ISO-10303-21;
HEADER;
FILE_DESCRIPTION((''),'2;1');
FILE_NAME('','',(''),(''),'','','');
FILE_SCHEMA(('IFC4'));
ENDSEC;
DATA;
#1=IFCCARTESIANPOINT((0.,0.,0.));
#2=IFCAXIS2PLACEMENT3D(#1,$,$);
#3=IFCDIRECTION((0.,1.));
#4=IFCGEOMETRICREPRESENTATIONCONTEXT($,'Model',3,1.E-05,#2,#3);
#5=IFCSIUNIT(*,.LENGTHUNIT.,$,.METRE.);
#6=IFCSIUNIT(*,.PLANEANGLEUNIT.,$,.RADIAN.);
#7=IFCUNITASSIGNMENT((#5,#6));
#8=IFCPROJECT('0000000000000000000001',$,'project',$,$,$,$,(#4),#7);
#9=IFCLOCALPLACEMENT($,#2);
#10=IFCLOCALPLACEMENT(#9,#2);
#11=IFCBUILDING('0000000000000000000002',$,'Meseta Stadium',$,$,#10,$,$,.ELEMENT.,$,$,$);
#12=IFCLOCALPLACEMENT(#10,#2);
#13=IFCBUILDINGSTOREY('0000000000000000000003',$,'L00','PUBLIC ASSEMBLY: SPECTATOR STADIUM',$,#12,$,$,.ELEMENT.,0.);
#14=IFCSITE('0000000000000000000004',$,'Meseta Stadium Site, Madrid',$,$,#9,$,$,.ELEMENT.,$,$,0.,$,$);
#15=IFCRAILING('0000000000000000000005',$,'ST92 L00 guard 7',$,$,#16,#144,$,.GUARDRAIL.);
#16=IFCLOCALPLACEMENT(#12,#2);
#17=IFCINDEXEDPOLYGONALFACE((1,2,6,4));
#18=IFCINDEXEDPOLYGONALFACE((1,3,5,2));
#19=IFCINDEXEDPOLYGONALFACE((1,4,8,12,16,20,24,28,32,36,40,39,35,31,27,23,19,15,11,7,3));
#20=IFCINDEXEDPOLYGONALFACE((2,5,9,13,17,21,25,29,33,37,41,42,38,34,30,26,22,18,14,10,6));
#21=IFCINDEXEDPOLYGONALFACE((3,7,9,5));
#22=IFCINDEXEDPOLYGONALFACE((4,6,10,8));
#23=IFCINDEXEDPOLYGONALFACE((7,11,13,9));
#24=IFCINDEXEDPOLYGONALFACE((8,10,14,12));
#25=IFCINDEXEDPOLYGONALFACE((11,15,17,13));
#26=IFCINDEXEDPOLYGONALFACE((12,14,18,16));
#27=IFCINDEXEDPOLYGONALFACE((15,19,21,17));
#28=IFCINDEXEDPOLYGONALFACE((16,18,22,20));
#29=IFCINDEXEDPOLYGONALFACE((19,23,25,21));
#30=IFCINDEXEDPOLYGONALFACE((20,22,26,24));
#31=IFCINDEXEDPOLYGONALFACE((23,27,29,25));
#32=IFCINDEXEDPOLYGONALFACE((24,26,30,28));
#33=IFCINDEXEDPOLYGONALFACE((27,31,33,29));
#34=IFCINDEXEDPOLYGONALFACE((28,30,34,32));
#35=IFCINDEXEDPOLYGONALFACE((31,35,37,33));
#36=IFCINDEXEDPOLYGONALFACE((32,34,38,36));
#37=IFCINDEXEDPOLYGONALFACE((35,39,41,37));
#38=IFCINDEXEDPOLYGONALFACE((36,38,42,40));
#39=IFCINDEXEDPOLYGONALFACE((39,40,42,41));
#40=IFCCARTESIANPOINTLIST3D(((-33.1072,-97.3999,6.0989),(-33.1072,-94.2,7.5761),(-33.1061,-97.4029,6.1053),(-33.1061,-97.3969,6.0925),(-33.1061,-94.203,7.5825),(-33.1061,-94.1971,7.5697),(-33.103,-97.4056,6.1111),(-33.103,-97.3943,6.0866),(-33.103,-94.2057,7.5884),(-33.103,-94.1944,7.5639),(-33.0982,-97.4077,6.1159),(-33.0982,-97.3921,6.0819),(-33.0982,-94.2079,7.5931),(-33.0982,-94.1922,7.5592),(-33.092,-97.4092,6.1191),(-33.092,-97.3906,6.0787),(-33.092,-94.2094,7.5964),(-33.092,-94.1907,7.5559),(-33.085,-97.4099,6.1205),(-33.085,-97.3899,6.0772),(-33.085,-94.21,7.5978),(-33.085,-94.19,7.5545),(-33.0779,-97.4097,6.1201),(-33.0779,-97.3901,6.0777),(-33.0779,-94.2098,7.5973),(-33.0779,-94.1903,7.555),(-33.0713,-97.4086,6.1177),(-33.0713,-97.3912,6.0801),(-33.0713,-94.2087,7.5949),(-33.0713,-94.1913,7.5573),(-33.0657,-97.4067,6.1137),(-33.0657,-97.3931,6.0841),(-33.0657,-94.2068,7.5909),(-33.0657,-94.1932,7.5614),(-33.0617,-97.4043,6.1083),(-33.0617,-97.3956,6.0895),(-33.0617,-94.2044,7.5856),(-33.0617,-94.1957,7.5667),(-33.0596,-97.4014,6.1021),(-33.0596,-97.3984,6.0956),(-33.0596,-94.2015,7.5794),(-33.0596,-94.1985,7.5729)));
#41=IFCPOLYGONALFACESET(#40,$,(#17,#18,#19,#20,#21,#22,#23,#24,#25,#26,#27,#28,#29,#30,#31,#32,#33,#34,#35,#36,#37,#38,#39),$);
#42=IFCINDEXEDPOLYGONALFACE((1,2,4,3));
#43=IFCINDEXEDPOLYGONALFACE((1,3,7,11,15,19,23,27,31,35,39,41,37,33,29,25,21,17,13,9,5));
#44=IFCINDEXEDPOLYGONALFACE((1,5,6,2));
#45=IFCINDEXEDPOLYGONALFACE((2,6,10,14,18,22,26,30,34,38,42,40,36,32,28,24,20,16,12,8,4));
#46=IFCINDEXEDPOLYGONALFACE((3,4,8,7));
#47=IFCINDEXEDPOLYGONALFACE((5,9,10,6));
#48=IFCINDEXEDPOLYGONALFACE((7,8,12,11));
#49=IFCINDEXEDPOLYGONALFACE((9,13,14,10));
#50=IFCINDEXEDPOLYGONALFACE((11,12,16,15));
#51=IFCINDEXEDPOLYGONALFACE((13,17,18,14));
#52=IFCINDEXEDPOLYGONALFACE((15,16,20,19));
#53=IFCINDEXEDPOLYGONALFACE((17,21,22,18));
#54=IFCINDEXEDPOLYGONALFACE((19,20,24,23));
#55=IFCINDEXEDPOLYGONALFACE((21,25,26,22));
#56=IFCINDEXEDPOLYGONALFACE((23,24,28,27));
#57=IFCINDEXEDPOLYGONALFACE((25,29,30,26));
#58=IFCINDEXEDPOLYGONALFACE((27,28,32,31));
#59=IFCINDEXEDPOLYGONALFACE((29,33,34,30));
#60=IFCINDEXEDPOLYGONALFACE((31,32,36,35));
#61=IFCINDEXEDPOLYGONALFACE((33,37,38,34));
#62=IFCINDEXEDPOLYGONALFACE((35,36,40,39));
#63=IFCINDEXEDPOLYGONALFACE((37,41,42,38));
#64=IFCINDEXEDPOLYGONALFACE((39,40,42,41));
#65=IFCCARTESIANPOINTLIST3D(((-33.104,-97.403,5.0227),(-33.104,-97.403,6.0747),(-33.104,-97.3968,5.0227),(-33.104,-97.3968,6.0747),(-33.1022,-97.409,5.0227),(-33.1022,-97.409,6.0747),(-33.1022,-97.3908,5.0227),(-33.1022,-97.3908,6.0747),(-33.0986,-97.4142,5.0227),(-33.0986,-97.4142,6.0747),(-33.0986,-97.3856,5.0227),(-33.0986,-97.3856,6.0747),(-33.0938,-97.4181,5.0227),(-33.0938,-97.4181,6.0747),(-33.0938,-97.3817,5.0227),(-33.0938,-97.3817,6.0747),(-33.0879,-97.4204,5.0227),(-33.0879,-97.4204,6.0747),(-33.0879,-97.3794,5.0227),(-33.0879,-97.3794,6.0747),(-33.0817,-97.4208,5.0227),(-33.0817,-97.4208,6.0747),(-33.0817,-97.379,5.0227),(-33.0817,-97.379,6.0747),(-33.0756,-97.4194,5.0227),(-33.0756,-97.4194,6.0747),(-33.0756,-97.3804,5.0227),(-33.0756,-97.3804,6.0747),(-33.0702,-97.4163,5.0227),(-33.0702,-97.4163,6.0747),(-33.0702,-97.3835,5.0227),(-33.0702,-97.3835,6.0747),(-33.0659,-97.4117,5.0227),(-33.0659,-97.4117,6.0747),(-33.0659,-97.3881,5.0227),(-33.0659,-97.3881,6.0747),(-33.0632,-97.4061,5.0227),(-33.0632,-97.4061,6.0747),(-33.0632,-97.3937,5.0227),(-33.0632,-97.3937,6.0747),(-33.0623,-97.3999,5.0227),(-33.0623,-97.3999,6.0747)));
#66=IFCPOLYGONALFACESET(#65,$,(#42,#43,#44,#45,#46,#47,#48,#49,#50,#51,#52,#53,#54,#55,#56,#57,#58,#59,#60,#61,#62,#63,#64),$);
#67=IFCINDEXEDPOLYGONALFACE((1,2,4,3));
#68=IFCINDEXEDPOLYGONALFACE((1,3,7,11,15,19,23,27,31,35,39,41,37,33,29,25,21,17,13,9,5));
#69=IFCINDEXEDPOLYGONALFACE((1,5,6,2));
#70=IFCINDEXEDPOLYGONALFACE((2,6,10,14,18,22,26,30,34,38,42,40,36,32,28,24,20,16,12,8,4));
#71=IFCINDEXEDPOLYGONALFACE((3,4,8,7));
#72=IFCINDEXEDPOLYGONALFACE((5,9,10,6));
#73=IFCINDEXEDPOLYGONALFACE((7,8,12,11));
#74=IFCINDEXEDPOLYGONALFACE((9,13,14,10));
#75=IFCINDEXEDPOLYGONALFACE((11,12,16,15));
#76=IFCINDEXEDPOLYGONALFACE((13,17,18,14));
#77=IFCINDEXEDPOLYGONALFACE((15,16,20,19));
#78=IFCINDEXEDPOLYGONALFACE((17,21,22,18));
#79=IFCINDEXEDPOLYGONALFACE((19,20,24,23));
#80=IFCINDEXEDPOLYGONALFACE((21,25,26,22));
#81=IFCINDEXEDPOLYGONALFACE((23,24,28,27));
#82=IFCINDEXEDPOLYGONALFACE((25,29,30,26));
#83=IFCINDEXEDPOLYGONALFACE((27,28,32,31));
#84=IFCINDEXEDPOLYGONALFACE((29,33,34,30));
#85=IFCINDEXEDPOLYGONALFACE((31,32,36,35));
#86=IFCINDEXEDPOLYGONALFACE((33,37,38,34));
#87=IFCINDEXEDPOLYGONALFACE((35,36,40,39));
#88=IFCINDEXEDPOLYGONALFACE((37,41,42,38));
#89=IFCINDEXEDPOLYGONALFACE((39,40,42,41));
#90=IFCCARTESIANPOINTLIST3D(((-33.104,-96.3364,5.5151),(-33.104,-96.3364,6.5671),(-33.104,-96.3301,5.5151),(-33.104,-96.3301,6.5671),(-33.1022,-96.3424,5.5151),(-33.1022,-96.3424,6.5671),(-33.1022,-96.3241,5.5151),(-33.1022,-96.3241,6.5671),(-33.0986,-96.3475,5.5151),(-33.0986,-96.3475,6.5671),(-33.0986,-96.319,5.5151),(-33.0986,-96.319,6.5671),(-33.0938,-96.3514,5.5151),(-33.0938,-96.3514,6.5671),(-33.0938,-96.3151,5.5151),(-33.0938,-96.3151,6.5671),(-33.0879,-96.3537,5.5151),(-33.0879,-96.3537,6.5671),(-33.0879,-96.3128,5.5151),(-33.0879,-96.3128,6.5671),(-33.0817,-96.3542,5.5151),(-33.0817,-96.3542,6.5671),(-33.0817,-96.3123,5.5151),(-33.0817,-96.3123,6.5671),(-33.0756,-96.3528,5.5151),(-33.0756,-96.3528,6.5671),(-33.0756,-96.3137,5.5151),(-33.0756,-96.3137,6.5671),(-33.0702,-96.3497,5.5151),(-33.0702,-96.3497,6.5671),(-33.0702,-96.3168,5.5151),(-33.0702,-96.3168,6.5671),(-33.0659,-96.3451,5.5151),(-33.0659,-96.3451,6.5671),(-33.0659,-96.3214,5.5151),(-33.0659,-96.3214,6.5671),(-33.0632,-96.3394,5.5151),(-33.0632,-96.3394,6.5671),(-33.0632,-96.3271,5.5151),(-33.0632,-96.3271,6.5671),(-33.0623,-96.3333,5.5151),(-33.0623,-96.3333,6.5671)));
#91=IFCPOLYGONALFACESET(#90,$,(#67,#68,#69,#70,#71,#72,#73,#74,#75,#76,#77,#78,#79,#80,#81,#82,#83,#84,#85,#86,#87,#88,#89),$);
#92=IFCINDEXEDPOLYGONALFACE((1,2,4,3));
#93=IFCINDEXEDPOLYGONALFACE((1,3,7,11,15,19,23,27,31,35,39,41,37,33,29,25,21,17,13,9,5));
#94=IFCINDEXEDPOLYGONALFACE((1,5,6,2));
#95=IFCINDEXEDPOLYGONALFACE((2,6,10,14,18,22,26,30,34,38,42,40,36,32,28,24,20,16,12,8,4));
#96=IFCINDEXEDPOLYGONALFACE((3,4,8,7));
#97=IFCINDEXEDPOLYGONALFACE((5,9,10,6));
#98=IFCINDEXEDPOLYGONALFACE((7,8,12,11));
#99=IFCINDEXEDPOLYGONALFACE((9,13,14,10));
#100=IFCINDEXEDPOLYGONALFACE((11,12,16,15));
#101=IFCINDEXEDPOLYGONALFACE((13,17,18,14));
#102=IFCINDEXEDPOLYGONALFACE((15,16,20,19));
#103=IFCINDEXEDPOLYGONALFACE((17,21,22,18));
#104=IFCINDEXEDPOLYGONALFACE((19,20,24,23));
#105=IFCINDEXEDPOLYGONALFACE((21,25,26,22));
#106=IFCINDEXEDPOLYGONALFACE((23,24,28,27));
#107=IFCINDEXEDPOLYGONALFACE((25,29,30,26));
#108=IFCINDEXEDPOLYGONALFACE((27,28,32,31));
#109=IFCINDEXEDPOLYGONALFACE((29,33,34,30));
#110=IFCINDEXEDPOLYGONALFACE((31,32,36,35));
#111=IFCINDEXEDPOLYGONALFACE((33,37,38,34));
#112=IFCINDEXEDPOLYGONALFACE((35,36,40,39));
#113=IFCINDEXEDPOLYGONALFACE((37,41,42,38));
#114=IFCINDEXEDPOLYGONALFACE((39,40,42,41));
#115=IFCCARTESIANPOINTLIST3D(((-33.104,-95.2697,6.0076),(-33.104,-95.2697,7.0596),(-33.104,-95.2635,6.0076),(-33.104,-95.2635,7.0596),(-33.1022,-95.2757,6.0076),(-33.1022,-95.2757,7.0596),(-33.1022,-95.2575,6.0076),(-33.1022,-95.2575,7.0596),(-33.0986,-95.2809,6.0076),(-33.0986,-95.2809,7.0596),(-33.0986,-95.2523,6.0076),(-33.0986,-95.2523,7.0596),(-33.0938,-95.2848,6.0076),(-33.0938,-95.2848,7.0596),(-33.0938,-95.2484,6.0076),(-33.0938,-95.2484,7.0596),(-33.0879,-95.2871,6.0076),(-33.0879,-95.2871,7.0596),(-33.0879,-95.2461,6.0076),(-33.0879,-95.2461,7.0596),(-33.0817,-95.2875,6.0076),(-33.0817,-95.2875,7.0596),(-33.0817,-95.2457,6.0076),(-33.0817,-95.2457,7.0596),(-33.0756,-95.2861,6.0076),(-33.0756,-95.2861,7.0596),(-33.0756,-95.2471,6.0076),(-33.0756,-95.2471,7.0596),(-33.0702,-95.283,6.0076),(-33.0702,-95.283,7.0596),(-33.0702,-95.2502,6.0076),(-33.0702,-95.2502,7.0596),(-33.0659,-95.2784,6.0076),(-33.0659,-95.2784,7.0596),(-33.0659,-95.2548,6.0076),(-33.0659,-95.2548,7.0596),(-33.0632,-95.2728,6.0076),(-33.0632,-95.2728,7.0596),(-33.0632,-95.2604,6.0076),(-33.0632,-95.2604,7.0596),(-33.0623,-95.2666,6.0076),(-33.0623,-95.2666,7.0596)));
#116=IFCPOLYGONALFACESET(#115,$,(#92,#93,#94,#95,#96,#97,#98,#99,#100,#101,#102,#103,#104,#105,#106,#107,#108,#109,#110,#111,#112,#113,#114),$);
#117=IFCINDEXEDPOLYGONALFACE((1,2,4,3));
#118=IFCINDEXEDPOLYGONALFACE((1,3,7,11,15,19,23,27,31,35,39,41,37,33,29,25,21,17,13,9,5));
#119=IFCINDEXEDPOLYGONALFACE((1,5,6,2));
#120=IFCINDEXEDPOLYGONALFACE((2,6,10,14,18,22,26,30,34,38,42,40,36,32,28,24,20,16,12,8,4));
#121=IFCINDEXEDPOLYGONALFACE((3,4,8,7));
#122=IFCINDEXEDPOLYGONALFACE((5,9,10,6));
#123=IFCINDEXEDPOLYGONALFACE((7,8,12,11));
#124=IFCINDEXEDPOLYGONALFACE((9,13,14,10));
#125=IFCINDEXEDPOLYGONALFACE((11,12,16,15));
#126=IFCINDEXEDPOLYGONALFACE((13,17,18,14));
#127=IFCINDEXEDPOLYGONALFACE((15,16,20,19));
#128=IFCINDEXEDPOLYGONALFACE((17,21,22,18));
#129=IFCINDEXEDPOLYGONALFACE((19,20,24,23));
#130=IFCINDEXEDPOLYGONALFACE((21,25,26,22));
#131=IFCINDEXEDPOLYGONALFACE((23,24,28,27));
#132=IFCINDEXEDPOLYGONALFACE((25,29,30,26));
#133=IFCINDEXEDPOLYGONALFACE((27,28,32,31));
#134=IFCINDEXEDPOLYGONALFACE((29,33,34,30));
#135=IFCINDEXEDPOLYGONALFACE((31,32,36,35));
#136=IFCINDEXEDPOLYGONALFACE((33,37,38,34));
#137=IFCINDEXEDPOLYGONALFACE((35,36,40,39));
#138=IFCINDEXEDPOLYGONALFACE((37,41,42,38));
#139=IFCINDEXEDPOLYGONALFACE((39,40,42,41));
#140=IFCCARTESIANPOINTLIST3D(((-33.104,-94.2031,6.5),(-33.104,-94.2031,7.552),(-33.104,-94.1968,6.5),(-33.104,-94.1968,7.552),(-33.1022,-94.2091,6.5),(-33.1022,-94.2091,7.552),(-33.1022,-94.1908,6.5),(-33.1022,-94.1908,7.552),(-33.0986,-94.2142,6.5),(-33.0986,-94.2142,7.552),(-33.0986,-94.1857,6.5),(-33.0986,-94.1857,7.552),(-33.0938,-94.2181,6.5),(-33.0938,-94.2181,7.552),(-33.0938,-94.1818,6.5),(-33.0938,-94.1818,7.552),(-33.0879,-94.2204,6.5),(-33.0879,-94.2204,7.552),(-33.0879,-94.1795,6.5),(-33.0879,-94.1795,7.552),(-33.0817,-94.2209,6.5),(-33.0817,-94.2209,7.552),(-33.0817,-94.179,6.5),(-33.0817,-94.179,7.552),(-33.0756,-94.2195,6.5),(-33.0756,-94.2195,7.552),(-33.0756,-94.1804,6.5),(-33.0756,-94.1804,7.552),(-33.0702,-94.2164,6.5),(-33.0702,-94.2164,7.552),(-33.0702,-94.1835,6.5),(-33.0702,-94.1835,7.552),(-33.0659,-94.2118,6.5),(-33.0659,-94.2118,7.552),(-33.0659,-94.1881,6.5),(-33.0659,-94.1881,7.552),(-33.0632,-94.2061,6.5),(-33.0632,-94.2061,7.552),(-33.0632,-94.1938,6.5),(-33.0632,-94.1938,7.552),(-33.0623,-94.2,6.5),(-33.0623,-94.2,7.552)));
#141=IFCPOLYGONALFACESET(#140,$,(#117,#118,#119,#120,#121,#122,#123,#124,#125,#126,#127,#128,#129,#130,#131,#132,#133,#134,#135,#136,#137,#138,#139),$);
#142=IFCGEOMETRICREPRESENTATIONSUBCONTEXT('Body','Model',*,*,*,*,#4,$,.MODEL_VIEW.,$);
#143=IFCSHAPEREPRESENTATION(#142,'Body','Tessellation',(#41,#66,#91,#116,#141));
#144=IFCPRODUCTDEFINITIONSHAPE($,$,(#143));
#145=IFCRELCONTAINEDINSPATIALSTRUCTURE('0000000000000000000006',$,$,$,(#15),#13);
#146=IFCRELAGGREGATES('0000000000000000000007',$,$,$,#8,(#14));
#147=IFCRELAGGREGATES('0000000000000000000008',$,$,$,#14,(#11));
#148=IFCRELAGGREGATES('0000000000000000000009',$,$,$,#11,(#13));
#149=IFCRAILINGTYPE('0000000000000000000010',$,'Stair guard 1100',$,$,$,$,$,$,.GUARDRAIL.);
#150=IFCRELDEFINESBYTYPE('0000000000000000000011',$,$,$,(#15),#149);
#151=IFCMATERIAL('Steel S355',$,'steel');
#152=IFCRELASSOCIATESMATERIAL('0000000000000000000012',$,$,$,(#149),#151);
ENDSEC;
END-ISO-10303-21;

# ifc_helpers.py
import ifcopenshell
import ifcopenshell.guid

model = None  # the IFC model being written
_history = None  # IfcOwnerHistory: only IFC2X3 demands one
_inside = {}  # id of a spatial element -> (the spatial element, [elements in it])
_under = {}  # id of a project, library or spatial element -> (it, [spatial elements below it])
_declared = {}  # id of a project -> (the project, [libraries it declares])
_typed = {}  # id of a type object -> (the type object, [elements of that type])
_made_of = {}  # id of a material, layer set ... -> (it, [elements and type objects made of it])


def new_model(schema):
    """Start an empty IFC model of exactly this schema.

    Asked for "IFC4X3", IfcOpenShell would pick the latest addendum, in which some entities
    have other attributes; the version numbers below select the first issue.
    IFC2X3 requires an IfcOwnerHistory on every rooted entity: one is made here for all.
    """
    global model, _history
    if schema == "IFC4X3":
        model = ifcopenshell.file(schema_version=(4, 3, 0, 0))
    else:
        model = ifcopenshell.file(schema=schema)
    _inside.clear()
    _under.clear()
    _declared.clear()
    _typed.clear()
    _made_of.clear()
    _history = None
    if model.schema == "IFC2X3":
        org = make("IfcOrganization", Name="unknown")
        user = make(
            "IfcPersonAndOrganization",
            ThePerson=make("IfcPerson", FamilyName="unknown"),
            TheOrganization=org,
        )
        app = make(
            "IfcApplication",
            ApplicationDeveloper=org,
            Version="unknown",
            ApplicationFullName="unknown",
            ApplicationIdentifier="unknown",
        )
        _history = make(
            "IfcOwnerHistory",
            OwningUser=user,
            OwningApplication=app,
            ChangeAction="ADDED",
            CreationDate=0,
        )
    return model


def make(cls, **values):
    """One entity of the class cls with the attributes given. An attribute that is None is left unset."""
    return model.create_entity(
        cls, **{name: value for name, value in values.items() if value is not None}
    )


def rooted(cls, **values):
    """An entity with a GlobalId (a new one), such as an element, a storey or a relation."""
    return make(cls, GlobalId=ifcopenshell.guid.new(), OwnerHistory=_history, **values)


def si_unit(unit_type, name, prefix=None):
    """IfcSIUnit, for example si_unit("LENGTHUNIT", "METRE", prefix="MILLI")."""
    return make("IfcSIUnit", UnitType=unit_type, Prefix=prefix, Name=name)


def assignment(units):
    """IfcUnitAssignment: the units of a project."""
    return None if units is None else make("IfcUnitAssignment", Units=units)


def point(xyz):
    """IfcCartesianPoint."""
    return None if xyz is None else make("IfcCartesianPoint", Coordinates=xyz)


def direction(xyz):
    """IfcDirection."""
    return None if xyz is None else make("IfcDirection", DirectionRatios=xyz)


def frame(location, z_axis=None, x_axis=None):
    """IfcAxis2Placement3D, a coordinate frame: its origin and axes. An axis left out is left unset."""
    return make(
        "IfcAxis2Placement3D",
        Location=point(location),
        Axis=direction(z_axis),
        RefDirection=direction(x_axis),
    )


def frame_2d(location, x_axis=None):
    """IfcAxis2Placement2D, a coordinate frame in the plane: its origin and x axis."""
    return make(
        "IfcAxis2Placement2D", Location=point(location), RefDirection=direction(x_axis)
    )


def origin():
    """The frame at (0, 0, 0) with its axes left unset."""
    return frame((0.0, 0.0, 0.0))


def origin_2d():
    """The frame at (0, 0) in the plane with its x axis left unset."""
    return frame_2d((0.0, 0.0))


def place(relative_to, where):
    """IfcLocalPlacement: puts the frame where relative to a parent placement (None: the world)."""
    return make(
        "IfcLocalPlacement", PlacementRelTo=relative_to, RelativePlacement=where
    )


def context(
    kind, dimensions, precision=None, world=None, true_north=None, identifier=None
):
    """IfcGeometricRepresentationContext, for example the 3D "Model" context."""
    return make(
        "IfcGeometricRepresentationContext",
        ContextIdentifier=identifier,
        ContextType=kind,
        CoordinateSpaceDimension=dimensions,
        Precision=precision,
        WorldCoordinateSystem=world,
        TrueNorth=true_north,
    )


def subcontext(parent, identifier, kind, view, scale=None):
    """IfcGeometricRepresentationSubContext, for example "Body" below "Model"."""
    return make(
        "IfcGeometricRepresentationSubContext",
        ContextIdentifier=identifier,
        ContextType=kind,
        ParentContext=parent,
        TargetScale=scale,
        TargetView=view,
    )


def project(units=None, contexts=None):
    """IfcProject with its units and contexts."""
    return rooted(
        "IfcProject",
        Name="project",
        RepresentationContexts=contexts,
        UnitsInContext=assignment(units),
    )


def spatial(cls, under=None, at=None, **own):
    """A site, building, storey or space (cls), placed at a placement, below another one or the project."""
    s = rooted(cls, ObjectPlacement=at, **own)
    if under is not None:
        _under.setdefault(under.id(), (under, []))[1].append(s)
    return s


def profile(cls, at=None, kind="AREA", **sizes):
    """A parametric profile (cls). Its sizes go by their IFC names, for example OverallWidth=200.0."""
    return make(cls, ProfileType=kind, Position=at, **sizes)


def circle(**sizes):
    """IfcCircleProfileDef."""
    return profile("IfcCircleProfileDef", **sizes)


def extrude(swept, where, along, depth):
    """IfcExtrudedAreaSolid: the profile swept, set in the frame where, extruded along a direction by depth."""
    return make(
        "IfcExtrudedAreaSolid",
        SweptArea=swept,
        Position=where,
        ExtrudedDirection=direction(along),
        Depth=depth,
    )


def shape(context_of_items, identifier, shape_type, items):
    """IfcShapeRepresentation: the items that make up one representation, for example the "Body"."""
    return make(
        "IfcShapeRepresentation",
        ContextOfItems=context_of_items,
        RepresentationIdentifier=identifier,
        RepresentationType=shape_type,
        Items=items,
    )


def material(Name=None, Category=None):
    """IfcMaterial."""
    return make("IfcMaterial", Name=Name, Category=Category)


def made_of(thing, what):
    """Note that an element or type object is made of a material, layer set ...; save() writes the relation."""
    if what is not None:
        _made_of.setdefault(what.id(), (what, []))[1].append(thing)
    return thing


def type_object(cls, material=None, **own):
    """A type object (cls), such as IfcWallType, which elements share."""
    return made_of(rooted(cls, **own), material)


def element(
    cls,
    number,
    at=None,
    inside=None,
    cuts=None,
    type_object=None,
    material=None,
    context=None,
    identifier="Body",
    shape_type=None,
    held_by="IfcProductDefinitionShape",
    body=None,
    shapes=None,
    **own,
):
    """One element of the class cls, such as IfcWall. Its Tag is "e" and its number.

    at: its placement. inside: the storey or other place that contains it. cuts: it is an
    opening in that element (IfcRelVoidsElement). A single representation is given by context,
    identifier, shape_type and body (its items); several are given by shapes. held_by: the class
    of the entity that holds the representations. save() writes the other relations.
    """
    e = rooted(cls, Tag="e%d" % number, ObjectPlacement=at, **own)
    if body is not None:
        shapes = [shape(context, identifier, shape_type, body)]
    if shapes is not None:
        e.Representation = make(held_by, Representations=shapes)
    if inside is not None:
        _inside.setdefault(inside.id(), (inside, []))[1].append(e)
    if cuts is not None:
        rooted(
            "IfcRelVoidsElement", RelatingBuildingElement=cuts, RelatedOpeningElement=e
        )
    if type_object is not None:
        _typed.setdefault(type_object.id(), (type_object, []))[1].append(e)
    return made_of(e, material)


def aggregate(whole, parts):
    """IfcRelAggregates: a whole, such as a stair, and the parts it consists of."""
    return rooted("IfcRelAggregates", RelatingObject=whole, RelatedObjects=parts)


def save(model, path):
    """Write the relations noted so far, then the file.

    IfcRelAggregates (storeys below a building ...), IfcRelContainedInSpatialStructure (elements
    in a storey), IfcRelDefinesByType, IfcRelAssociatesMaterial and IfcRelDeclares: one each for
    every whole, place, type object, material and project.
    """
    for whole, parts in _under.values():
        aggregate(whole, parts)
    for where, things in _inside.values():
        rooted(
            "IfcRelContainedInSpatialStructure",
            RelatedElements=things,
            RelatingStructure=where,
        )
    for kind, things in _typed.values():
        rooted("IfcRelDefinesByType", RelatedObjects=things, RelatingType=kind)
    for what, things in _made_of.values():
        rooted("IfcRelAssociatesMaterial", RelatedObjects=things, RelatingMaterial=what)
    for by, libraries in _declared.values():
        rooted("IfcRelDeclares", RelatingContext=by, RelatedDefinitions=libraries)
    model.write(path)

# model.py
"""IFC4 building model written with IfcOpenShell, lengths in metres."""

from ifc_helpers import new_model, si_unit, direction, frame, origin, origin_2d, place, context, subcontext, project, spatial, circle, extrude, material, type_object, element, save


model = new_model("IFC4")

# Units and contexts
model_context = context("Model", 3, precision=1e-05, world=origin(), true_north=direction((0.0, 1.0)))
body_context = subcontext(model_context, "Body", "Model", "MODEL_VIEW")
ifc_project = project(units=[si_unit("LENGTHUNIT", "METRE"), si_unit("PLANEANGLEUNIT", "RADIAN")], contexts=[model_context])

# Site, building, storey
site_placement = place(None, origin())
site = spatial("IfcSite", under=ifc_project, at=site_placement, Name="Meseta Stadium Site, Madrid", CompositionType="ELEMENT", RefElevation=0.0)
building_placement = place(site_placement, origin())
building = spatial("IfcBuilding", under=site, at=building_placement, Name="Meseta Stadium", CompositionType="ELEMENT")
storey_placement = place(building_placement, origin())
storey = spatial("IfcBuildingStorey", under=building, at=storey_placement, Name="L00", Description="PUBLIC ASSEMBLY: SPECTATOR STADIUM", CompositionType="ELEMENT", Elevation=0.0)

# Railing
ifc_material_1 = material(Name="Steel S355", Category="steel")
railing_type_1 = type_object("IfcRailingType", Name="Stair guard 1100", PredefinedType="GUARDRAIL", material=ifc_material_1)
railing_1_placement = place(storey_placement, frame((-33.0833, -97.3999, 5.0227)))
element("IfcRailing", 1, at=railing_1_placement, inside=storey, type_object=railing_type_1, Name="ST92 L00 guard 7", PredefinedType="GUARDRAIL", context=body_context, shape_type="SweptSolid", body=[
    extrude(circle(Radius=0.0239, at=origin_2d()), frame((0.0, 0.0, 1.0762), z_axis=(0.0, 0.907917, 0.41915), x_axis=(-1.0, 0.0, 0.0)), (0.0, 0.0, 1.0), 3.5244),
    extrude(circle(Radius=0.021, at=origin_2d()), origin(), (0.0, 0.0, 1.0), 1.052),
    extrude(circle(Radius=0.021, at=origin_2d()), frame((0.0, 1.0667, 0.4924)), (0.0, 0.0, 1.0), 1.052),
    extrude(circle(Radius=0.021, at=origin_2d()), frame((0.0, 2.1333, 0.9849)), (0.0, 0.0, 1.0), 1.052),
    extrude(circle(Radius=0.021, at=origin_2d()), frame((0.0, 3.2, 1.4773)), (0.0, 0.0, 1.0), 1.052),
])

save(model, "model.ifc")
